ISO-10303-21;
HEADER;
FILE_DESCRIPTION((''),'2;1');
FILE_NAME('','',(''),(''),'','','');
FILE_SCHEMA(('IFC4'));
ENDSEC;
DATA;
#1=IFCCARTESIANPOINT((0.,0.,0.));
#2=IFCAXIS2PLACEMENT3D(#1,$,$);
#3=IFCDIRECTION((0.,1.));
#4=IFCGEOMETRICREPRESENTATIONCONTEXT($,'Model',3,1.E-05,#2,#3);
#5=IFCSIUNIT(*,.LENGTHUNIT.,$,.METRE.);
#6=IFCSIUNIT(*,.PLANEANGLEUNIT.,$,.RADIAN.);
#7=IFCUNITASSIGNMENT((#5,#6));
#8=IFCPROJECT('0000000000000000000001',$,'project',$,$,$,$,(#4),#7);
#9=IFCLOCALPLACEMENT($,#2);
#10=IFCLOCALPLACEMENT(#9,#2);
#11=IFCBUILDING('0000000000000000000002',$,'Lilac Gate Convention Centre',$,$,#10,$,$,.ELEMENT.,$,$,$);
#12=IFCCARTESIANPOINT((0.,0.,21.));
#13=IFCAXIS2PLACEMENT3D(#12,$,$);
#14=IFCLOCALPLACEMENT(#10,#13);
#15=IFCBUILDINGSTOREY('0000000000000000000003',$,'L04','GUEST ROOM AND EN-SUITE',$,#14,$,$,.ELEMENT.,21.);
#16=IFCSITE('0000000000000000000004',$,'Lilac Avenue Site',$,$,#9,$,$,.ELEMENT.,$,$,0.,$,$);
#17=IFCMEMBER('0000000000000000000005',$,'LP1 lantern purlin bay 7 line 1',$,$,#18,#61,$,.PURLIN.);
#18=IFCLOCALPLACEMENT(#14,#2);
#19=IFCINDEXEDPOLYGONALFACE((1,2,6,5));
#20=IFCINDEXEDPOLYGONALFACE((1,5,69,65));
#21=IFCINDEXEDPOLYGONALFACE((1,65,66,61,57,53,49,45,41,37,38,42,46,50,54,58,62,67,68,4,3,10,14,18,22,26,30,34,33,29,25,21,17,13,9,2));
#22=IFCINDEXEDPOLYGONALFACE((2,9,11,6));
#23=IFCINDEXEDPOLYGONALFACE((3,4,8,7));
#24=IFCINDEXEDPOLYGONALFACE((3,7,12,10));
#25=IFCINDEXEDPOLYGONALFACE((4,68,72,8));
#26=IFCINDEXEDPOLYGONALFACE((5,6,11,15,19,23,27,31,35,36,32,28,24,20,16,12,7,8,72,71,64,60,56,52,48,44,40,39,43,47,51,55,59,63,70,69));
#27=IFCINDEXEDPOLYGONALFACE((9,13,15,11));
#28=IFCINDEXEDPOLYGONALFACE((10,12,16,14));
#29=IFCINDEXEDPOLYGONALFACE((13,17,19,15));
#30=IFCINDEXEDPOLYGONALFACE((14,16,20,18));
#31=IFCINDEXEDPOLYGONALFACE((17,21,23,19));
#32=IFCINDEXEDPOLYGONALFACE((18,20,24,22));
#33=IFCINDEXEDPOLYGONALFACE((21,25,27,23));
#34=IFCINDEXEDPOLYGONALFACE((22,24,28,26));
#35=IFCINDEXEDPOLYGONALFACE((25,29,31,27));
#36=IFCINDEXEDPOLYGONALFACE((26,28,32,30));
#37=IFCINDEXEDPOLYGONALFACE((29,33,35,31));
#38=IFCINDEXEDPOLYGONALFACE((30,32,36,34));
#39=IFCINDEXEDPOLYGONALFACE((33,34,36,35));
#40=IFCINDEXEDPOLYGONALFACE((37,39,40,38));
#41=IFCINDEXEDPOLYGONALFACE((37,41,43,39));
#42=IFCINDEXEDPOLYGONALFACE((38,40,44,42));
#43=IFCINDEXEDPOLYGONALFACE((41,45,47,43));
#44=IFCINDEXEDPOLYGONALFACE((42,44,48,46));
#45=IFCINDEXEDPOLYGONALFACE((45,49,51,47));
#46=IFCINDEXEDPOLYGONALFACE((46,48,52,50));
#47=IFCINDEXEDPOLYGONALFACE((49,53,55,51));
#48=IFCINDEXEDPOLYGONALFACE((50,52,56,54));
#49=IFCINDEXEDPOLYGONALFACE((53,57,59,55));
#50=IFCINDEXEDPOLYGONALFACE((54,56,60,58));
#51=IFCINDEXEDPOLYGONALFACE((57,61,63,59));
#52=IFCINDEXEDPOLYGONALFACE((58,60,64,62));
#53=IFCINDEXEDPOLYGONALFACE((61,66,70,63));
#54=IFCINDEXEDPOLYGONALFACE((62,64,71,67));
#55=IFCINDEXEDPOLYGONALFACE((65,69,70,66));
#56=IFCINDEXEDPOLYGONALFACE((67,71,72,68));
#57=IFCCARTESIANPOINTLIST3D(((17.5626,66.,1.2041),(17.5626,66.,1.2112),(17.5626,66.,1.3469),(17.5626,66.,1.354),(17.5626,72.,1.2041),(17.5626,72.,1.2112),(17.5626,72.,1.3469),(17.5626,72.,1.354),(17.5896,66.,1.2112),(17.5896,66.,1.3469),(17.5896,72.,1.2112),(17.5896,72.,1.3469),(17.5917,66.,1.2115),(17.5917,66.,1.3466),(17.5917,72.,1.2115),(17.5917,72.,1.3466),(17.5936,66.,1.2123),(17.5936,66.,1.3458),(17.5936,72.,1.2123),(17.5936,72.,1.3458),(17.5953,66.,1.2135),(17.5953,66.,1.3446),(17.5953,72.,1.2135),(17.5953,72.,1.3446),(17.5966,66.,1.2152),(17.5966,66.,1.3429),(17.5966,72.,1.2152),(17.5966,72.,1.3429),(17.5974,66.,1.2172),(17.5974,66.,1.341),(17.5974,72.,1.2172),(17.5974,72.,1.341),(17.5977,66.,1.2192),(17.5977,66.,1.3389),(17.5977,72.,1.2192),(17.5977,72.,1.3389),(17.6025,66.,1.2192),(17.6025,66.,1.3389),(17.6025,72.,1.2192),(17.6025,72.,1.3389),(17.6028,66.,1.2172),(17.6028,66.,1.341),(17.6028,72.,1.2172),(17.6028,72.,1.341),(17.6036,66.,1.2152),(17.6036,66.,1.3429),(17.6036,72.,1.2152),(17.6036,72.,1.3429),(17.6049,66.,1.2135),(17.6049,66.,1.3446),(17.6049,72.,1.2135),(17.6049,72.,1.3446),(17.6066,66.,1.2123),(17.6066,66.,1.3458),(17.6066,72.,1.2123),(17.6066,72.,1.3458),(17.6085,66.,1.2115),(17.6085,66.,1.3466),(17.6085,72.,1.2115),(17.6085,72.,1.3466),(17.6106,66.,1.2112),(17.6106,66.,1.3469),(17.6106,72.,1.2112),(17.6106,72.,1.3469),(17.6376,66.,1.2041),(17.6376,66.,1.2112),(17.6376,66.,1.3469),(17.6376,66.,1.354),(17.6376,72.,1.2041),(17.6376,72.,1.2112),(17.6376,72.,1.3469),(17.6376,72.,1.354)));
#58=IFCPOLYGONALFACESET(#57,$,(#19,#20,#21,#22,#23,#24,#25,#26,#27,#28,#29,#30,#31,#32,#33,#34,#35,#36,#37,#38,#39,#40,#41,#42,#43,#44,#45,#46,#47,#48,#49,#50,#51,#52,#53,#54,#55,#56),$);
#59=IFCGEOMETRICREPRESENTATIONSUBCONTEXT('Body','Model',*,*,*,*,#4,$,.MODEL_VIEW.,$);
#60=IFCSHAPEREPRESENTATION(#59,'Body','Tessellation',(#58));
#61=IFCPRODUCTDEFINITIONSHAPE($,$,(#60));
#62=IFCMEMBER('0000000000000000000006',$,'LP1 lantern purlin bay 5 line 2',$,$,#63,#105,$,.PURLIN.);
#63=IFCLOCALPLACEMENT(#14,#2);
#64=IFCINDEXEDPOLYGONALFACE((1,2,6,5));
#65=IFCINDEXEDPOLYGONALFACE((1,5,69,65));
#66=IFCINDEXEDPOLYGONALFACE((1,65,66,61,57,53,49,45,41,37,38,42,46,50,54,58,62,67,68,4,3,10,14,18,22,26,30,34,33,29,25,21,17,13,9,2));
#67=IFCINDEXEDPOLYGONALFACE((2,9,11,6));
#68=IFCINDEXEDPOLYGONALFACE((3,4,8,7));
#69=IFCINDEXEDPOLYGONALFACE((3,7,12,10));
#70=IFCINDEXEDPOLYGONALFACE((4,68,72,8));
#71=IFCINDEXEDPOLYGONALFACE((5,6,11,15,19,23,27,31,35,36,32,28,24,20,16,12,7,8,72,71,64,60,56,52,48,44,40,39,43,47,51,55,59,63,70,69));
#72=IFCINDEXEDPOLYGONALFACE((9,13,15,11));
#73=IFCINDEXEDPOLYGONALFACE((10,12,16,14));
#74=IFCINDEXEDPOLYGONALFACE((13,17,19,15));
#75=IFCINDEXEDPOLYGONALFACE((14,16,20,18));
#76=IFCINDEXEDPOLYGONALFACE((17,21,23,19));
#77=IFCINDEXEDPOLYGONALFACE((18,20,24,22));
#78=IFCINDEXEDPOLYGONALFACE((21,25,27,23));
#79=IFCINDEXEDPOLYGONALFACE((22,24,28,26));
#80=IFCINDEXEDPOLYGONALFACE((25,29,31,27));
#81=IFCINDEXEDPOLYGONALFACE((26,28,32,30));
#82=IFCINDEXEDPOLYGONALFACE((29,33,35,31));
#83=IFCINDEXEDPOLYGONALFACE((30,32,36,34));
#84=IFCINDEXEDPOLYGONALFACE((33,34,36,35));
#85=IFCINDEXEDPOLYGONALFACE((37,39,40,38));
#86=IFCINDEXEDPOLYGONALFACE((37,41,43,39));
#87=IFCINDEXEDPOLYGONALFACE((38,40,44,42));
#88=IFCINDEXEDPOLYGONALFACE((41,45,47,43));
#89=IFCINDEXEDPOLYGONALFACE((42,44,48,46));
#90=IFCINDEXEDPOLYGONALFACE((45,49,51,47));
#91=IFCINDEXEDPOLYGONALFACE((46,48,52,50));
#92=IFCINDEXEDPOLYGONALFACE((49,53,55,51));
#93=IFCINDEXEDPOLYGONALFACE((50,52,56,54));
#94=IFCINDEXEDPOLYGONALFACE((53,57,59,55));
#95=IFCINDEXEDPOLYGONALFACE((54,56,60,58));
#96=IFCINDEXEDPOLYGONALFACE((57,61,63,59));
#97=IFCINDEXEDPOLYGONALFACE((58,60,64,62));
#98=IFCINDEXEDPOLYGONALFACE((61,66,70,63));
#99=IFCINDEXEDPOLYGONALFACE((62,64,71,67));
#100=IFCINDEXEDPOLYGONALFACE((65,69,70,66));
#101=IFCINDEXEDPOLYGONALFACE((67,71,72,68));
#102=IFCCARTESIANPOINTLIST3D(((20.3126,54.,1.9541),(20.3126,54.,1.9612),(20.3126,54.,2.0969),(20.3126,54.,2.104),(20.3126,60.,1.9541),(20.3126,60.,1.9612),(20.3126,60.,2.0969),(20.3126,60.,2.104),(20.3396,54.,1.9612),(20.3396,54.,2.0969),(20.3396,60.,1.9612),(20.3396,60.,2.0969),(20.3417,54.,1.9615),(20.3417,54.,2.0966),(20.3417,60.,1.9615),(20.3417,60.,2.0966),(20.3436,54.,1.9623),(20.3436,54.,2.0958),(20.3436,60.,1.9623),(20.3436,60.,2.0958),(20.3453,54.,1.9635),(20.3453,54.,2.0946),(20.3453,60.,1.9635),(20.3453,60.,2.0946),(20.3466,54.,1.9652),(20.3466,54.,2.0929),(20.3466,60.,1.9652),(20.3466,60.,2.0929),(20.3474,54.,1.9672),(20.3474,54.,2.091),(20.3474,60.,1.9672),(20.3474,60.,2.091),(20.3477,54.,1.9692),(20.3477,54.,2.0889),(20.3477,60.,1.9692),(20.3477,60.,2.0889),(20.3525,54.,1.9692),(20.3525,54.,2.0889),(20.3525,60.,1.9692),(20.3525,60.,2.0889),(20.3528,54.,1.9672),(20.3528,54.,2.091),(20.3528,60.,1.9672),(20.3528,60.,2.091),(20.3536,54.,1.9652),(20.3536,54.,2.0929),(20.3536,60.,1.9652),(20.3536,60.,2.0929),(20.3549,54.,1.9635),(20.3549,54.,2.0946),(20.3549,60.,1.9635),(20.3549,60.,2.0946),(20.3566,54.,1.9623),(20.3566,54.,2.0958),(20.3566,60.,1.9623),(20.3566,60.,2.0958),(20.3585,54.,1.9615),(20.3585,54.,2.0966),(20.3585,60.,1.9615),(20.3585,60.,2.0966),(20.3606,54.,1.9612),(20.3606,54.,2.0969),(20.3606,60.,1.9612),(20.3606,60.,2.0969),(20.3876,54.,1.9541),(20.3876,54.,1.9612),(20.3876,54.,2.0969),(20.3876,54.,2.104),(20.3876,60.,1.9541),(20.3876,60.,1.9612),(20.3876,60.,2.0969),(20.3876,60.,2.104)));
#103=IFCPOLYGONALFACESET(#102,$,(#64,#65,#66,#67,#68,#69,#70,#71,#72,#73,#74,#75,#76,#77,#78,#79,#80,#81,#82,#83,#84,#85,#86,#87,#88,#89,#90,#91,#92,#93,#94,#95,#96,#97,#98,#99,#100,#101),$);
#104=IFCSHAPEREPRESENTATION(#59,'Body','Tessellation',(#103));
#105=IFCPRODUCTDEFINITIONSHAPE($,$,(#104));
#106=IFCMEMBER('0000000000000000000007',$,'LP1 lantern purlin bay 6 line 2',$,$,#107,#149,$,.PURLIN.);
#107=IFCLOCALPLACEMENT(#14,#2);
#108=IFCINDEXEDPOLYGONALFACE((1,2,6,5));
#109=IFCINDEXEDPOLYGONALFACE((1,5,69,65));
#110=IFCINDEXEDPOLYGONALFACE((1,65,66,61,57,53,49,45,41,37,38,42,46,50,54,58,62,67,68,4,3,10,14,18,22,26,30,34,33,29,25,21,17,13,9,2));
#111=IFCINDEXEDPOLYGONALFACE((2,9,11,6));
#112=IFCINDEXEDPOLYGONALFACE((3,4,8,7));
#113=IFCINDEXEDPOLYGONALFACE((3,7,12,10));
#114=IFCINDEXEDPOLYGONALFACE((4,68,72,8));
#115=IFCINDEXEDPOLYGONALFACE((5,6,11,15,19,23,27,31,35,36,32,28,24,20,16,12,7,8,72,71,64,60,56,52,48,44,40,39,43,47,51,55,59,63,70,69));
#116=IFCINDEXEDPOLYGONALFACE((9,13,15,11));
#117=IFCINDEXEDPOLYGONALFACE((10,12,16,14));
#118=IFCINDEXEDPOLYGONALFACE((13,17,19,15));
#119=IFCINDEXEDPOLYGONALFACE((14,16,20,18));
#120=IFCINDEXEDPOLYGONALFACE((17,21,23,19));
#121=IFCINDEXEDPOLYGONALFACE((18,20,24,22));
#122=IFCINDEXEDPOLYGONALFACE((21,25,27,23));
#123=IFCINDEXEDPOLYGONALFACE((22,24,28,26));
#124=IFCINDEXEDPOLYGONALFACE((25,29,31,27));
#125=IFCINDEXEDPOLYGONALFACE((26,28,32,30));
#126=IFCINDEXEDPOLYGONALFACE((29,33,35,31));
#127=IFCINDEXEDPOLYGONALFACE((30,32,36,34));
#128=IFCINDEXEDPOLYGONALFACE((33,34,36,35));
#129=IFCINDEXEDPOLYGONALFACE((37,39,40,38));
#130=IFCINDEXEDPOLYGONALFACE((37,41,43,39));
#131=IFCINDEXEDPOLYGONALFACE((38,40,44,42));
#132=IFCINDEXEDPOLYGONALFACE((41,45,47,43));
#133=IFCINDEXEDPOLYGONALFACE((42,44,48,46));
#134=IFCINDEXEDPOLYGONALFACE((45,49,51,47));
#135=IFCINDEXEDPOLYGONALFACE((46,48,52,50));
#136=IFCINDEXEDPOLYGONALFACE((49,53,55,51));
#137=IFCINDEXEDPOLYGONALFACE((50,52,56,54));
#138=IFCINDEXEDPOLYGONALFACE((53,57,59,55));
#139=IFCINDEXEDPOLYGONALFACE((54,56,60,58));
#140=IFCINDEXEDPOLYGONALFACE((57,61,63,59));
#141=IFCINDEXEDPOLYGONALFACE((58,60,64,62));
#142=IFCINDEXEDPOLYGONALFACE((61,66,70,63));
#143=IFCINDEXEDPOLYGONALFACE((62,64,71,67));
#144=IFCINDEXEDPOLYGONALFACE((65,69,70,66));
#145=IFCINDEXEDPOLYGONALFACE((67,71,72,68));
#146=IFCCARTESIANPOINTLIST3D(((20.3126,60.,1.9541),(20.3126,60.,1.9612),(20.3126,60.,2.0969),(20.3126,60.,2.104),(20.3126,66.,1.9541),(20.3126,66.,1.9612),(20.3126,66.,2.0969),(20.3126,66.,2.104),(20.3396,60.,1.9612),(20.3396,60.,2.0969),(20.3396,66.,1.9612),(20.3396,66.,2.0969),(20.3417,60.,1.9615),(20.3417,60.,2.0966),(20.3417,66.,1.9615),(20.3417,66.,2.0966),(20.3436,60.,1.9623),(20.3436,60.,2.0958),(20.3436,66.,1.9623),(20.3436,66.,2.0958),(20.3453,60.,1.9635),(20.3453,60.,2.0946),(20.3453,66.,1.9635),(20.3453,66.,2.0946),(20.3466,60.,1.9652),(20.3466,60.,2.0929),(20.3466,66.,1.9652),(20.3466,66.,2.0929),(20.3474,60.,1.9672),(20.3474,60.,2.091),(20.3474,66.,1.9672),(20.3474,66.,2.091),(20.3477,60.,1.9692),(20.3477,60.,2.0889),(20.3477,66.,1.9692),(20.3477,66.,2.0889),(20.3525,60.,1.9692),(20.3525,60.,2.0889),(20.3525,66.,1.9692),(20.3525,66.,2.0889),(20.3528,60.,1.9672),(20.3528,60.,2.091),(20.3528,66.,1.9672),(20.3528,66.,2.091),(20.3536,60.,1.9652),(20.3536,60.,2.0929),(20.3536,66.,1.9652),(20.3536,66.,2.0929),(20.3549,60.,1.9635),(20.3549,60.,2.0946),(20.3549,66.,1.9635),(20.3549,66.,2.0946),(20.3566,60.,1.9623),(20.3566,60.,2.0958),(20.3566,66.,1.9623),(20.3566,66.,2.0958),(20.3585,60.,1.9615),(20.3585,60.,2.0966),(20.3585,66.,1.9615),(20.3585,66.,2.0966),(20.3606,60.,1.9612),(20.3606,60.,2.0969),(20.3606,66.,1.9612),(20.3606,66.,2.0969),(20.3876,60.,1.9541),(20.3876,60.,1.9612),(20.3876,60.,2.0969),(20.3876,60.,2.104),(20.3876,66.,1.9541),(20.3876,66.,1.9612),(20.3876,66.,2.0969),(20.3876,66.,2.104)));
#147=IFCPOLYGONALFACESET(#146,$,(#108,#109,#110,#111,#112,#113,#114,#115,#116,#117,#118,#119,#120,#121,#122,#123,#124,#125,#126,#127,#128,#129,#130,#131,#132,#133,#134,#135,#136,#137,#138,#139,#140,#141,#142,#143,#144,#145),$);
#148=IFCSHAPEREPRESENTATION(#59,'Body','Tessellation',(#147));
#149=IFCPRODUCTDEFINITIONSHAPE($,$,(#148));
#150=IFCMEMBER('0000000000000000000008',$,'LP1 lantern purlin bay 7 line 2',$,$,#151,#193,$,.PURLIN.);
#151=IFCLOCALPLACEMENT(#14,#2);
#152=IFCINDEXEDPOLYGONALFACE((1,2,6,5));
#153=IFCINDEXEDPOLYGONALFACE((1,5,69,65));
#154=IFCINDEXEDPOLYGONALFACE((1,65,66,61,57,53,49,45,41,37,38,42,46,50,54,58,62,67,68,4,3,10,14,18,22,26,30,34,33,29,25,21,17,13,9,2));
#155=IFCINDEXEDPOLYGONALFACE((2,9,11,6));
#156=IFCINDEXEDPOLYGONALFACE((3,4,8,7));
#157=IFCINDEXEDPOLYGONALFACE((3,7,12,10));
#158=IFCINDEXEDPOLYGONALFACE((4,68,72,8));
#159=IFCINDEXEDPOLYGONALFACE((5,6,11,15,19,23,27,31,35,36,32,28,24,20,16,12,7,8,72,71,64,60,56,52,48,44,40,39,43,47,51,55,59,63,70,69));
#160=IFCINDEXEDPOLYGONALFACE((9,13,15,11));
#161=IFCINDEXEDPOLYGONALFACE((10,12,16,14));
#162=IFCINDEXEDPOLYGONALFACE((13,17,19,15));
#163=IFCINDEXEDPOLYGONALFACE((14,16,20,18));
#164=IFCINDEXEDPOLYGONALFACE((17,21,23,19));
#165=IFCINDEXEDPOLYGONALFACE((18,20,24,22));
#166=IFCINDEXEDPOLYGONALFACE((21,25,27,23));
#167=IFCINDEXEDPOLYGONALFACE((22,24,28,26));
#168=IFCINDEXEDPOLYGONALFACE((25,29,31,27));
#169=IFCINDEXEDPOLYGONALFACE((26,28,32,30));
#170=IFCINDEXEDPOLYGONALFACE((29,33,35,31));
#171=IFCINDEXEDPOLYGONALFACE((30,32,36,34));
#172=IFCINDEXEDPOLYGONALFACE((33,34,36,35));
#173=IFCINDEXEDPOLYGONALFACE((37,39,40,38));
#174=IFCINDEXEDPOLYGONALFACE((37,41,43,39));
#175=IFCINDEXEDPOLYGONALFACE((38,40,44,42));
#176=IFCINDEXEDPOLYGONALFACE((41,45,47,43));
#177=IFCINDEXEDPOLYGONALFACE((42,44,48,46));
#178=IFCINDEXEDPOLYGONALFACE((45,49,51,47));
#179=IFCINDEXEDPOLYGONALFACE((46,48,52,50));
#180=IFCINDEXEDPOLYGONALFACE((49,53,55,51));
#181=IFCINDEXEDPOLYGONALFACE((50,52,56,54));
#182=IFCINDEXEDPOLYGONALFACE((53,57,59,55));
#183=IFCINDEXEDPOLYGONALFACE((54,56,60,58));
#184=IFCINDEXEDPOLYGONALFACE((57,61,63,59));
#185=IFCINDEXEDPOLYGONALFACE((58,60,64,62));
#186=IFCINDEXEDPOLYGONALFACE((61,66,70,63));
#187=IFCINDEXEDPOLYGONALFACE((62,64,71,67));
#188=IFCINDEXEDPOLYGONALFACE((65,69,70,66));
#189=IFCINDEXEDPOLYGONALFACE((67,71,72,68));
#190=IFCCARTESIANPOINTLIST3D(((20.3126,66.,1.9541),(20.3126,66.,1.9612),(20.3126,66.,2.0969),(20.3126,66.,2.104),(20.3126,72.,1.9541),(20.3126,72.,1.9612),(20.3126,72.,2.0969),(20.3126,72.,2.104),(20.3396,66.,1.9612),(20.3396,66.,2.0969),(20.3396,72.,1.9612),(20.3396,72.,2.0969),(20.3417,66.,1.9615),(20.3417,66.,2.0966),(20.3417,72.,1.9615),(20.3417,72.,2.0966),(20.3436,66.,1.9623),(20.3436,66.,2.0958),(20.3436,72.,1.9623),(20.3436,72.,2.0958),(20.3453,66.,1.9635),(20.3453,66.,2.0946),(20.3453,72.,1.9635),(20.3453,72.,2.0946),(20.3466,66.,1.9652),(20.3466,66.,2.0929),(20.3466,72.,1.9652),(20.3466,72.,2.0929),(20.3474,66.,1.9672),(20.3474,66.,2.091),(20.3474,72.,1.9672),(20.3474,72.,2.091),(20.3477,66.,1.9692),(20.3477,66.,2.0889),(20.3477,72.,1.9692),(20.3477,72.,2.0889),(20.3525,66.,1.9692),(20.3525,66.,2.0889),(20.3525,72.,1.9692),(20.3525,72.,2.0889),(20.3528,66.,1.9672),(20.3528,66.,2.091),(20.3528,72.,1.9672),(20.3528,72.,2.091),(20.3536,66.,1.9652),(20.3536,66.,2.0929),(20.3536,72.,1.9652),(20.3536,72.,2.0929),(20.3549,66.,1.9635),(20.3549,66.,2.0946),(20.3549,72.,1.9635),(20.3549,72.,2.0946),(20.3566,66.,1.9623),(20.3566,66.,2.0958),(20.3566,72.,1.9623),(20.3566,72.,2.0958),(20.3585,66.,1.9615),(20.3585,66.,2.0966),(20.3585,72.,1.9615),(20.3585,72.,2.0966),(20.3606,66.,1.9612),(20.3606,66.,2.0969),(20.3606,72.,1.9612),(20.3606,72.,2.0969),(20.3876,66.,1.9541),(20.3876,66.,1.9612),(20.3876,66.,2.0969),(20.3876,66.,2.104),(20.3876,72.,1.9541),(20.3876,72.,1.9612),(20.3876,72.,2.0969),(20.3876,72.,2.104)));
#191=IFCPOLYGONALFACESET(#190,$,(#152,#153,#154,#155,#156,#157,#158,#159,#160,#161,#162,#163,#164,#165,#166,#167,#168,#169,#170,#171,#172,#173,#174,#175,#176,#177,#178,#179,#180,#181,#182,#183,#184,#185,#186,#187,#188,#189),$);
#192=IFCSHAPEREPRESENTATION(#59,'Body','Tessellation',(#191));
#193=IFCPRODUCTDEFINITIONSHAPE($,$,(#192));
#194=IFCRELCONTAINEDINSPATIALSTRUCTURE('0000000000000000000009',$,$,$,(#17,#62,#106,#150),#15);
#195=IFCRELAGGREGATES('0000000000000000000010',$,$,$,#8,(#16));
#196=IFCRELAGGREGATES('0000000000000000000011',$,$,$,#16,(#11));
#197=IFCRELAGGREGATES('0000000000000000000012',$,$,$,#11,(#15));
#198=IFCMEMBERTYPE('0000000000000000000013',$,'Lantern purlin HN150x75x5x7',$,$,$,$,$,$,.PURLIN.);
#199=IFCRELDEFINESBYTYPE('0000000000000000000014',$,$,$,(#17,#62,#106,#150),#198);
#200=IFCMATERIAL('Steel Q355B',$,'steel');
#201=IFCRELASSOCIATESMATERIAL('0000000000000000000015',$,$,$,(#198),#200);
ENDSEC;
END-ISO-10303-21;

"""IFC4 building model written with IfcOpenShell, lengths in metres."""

from ifc_helpers import new_model, si_unit, direction, frame, origin, origin_2d, place, context, subcontext, project, spatial, i_section, extrude, material, material_profile, profile_set, type_object, element, save


model = new_model("IFC4")

# Units and contexts
model_context = context("Model", 3, precision=1e-05, world=origin(), true_north=direction((0.0, 1.0)))
body_context = subcontext(model_context, "Body", "Model", "MODEL_VIEW")
ifc_project = project(units=[si_unit("LENGTHUNIT", "METRE"), si_unit("PLANEANGLEUNIT", "RADIAN")], contexts=[model_context])

# Site, building, storey
site_placement = place(None, origin())
site = spatial("IfcSite", under=ifc_project, at=site_placement, Name="Lilac Avenue Site", CompositionType="ELEMENT", RefElevation=0.0)
building_placement = place(site_placement, origin())
building = spatial("IfcBuilding", under=site, at=building_placement, Name="Lilac Gate Convention Centre", CompositionType="ELEMENT")
storey_placement = place(building_placement, frame((0.0, 0.0, 21.0)))
storey = spatial("IfcBuildingStorey", under=building, at=storey_placement, Name="L04", Description="GUEST ROOM AND EN-SUITE", CompositionType="ELEMENT", Elevation=21.0)

# Members
ifc_material_1 = material(Name="Steel Q355B", Category="steel")
ifc_material_profile_1 = material_profile(ifc_material_1, i_section(OverallWidth=0.075, OverallDepth=0.1499, WebThickness=0.0049, FlangeThickness=0.0071, FilletRadius=0.0081, at=origin_2d()), Name="HN150x75x5x7")
ifc_profile_set_1 = profile_set([ifc_material_profile_1], Name="Steel Q355B")
member_type_1 = type_object("IfcMemberType", Name="Lantern purlin HN150x75x5x7", PredefinedType="PURLIN", material=ifc_profile_set_1)
for number, where, z_axis, x_axis, name in (
    (1, (17.6001, 66.0, 1.2791), (0.0, 1.0, 0.0), (-1.0, 0.0, 0.0), "LP1 lantern purlin bay 7 line 1"),
    (2, (20.3501, 54.0, 2.0291), (0.0, 1.0, 0.0), (-1.0, 0.0, 0.0), "LP1 lantern purlin bay 5 line 2"),
    (3, (20.3501, 60.0, 2.0291), (0.0, 1.0, 0.0), (-1.0, 0.0, 0.0), "LP1 lantern purlin bay 6 line 2"),
    (4, (20.3501, 66.0, 2.0291), (0.0, 1.0, 0.0), (-1.0, 0.0, 0.0), "LP1 lantern purlin bay 7 line 2"),
):
    element("IfcMember", number, at=place(storey_placement, frame(where, z_axis=z_axis, x_axis=x_axis)), inside=storey, type_object=member_type_1, Name=name, PredefinedType="PURLIN", context=body_context, shape_type="SweptSolid", body=[
        extrude(i_section(OverallWidth=0.075, OverallDepth=0.1499, WebThickness=0.0049, FlangeThickness=0.0071, FilletRadius=0.0081, at=origin_2d()), origin(), (0.0, 0.0, 1.0), 6.0),
    ])

save(model, "model.ifc")
